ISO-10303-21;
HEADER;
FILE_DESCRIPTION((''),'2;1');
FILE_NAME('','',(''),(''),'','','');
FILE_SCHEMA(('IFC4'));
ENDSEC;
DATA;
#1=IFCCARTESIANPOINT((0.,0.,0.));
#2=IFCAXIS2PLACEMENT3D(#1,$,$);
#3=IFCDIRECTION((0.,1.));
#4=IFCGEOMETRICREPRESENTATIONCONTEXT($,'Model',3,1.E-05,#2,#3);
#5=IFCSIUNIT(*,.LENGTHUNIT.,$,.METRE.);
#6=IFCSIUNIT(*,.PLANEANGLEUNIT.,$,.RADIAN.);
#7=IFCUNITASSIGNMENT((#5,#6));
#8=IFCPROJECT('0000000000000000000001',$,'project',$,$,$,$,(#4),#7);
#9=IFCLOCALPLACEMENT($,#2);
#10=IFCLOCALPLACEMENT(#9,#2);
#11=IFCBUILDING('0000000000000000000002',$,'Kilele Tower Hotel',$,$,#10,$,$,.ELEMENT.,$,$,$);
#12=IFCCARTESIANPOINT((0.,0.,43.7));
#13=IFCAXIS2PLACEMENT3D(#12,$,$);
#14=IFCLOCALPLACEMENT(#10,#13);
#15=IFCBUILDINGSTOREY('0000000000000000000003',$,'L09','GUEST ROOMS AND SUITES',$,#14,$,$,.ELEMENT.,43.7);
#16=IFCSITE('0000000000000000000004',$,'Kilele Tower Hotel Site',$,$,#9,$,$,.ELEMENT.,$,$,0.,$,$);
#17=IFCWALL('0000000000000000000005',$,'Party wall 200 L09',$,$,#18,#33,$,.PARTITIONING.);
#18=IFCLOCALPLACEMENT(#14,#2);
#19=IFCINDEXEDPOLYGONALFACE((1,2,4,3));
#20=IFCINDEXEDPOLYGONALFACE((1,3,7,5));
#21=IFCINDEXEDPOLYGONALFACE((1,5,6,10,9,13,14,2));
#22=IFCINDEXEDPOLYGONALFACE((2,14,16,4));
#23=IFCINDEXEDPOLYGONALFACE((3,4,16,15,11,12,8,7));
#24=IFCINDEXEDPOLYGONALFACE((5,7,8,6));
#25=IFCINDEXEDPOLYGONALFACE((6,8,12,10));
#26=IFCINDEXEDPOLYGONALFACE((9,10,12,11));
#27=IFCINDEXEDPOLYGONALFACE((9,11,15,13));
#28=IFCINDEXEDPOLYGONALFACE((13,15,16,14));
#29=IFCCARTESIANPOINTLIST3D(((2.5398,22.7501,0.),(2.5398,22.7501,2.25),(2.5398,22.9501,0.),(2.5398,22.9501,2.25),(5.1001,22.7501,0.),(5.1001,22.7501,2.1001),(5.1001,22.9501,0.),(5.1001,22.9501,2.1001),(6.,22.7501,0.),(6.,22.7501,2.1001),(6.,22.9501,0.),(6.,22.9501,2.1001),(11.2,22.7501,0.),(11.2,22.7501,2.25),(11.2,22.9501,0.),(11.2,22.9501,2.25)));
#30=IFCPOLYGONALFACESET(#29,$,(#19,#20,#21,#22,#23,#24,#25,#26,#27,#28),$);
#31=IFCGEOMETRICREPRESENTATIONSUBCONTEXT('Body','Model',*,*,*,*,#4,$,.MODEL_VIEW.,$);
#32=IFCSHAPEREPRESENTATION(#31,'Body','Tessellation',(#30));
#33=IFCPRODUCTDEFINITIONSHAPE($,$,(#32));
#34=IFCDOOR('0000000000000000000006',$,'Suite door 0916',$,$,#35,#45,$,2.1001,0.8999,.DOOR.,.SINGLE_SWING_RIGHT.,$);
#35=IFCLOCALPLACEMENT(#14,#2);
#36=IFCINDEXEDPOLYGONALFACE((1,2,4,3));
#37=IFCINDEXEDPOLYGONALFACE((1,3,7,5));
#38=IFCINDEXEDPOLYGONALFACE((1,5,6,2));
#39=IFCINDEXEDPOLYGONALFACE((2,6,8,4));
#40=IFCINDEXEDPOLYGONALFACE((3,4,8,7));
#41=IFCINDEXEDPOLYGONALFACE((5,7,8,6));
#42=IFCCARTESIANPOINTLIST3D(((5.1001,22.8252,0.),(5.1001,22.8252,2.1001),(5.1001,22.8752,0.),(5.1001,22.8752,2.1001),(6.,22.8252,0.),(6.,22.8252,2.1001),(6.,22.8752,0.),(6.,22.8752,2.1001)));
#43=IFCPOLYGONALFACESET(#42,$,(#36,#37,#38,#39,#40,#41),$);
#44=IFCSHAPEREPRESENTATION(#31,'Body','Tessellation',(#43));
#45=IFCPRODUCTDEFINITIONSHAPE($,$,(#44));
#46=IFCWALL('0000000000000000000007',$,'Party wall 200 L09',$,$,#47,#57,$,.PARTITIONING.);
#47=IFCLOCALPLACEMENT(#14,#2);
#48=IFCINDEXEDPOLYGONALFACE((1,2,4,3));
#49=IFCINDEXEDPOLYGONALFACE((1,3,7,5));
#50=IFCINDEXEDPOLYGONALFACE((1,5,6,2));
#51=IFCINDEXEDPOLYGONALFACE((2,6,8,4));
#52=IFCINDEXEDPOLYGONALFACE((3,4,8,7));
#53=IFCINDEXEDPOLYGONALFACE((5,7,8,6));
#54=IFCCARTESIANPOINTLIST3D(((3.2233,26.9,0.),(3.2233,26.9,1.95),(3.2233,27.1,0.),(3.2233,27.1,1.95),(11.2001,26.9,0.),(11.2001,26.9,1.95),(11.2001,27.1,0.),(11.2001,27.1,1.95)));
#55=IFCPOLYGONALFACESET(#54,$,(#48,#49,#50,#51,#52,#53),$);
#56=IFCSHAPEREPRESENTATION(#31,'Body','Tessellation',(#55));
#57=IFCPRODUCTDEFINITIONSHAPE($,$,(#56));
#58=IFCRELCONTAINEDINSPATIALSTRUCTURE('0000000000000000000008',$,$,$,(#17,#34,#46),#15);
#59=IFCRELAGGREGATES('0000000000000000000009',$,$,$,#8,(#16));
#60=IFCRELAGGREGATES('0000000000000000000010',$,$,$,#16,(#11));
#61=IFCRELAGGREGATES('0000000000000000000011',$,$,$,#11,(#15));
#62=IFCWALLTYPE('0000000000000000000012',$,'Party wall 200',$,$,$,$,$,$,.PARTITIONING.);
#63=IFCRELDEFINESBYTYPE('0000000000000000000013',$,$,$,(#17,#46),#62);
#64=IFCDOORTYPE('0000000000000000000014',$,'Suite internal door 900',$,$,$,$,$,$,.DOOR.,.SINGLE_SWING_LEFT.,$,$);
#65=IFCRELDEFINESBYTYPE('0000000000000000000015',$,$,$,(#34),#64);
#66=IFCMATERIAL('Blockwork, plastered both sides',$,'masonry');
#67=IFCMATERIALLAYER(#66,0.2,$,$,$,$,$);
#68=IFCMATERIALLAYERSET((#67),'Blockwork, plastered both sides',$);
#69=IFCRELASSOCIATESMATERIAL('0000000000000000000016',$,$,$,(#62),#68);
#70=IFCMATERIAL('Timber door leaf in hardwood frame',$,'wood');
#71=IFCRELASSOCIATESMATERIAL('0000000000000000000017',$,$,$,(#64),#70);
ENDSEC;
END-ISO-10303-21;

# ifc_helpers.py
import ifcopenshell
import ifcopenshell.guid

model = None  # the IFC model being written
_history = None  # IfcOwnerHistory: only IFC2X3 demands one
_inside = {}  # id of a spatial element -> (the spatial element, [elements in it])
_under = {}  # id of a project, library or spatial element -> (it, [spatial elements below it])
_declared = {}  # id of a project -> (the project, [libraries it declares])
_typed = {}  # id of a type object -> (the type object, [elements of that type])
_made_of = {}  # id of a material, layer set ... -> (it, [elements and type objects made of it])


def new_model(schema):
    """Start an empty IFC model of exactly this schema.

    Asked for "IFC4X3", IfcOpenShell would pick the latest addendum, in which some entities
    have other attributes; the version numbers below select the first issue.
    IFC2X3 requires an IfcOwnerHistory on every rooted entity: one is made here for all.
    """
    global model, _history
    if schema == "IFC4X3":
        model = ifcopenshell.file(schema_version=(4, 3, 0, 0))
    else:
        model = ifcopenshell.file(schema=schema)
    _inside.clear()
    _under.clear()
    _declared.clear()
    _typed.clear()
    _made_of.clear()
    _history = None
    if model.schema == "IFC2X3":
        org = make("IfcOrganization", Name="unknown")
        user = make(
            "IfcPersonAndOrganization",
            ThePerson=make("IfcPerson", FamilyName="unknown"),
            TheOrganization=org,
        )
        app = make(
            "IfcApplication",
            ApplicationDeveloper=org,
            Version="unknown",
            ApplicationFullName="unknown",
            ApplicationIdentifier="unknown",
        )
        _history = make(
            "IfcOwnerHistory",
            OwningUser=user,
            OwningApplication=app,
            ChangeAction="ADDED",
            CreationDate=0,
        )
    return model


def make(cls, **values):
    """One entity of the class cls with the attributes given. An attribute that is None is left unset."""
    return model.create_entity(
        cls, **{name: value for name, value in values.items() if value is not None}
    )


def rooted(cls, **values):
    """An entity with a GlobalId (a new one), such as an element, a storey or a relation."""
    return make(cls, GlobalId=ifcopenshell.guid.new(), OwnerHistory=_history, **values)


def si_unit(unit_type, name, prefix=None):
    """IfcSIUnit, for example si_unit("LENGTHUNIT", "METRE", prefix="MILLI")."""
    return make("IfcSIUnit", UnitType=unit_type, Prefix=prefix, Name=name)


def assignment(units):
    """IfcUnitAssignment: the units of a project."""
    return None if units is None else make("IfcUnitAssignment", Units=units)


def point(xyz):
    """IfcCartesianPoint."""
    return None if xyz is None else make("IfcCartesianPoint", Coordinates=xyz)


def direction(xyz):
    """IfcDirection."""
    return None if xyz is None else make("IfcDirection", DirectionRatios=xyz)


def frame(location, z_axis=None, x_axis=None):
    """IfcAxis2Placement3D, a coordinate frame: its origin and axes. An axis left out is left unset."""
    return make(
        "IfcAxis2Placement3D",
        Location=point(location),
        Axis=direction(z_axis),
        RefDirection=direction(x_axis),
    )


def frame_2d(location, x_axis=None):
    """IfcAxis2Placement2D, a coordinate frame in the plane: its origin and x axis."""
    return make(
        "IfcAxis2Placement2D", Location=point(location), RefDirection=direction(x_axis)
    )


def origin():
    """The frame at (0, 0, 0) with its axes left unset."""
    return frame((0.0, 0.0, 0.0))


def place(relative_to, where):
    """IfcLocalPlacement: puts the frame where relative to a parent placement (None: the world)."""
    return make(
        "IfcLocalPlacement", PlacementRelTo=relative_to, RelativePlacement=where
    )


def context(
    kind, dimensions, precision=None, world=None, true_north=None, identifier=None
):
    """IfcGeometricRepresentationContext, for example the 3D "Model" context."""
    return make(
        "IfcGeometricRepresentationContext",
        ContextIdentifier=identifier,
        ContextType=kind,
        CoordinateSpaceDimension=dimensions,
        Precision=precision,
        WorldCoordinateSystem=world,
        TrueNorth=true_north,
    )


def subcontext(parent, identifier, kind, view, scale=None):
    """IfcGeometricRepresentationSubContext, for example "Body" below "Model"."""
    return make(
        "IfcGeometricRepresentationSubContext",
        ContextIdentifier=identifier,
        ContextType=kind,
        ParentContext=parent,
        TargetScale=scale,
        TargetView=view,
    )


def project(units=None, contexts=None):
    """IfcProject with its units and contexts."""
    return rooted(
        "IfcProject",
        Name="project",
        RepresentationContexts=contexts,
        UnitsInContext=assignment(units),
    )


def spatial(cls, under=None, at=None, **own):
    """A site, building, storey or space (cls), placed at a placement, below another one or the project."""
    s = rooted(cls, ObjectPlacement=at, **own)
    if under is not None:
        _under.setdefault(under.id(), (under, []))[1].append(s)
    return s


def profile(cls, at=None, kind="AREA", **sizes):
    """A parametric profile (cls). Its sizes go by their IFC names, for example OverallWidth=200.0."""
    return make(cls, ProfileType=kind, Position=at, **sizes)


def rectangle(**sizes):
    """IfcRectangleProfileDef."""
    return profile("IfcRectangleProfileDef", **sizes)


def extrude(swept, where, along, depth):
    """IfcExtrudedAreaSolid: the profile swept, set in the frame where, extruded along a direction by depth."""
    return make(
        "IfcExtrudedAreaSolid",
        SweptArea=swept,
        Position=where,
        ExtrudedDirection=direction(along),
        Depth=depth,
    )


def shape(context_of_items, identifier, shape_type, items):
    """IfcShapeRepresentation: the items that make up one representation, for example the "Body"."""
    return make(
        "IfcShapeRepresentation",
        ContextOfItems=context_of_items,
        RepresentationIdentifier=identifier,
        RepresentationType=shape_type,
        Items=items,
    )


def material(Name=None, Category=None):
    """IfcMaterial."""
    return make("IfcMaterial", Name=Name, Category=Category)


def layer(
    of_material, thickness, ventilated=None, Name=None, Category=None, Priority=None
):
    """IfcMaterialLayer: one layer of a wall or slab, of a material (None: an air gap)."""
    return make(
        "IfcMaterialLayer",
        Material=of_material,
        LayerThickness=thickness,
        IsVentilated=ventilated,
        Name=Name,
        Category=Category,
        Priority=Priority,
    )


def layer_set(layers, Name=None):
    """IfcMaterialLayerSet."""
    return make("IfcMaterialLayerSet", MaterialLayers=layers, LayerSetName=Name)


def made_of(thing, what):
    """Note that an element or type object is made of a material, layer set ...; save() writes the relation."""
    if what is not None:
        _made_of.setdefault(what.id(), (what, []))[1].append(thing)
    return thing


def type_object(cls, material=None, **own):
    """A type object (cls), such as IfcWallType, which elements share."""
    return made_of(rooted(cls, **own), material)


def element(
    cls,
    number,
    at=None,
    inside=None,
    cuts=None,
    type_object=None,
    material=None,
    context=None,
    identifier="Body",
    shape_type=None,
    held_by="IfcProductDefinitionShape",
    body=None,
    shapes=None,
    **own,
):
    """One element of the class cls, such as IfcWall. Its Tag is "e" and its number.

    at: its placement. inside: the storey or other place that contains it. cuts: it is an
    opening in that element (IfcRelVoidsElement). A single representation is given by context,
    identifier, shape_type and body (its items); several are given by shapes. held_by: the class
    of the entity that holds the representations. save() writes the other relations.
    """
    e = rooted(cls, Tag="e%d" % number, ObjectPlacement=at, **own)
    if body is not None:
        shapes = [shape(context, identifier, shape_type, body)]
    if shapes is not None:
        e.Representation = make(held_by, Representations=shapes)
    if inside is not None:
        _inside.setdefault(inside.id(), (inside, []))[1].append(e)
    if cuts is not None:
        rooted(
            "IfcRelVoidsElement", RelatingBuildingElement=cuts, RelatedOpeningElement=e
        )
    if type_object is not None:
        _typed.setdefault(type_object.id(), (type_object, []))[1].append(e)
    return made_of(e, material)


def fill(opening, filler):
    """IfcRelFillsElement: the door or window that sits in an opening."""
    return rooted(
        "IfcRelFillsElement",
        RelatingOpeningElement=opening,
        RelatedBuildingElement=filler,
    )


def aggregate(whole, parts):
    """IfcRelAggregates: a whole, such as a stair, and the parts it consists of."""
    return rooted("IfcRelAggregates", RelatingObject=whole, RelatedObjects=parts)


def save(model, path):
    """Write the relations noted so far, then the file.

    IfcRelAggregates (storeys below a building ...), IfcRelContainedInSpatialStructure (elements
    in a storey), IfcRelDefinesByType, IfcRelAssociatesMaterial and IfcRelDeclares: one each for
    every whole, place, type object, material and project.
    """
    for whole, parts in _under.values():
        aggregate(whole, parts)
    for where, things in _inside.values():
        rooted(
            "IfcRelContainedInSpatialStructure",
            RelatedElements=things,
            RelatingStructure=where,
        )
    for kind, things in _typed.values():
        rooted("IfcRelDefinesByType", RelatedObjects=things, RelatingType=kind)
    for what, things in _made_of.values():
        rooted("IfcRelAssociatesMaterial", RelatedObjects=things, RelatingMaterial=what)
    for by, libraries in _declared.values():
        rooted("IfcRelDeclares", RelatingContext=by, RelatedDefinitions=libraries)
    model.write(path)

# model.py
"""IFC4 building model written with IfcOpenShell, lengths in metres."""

from ifc_helpers import new_model, si_unit, direction, frame, frame_2d, origin, place, context, subcontext, project, spatial, rectangle, extrude, material, layer, layer_set, type_object, element, fill, save


model = new_model("IFC4")

# Units and contexts
model_context = context("Model", 3, precision=1e-05, world=origin(), true_north=direction((0.0, 1.0)))
body_context = subcontext(model_context, "Body", "Model", "MODEL_VIEW")
ifc_project = project(units=[si_unit("LENGTHUNIT", "METRE"), si_unit("PLANEANGLEUNIT", "RADIAN")], contexts=[model_context])

# Site, building, storey
site_placement = place(None, origin())
site = spatial("IfcSite", under=ifc_project, at=site_placement, Name="Kilele Tower Hotel Site", CompositionType="ELEMENT", RefElevation=0.0)
building_placement = place(site_placement, origin())
building = spatial("IfcBuilding", under=site, at=building_placement, Name="Kilele Tower Hotel", CompositionType="ELEMENT")
storey_placement = place(building_placement, frame((0.0, 0.0, 43.7)))
storey = spatial("IfcBuildingStorey", under=building, at=storey_placement, Name="L09", Description="GUEST ROOMS AND SUITES", CompositionType="ELEMENT", Elevation=43.7)

# Wall, opening, door
ifc_material_1 = material(Name="Blockwork, plastered both sides", Category="masonry")
ifc_layer_1 = layer(ifc_material_1, 0.2)
ifc_layer_set_1 = layer_set([ifc_layer_1], Name="Blockwork, plastered both sides")
wall_type_1 = type_object("IfcWallType", Name="Party wall 200", PredefinedType="PARTITIONING", material=ifc_layer_set_1)
wall_1_placement = place(storey_placement, frame((11.2, 22.8501, 0.0), z_axis=(0.0, 0.0, 1.0), x_axis=(-1.0, 0.0, 0.0)))
wall_1 = element("IfcWall", 1, at=wall_1_placement, inside=storey, type_object=wall_type_1, Name="Party wall 200 L09", PredefinedType="PARTITIONING", context=body_context, shape_type="SweptSolid", body=[
    extrude(rectangle(XDim=8.6602, YDim=0.2, at=frame_2d((4.3301, 0.0))), origin(), (0.0, 0.0, 1.0), 2.25),
])
opening_1_placement = place(wall_1_placement, frame((5.2, 0.0, 0.0)))
opening_1 = element("IfcOpeningElement", 2, at=opening_1_placement, cuts=wall_1, PredefinedType="OPENING", context=body_context, shape_type="SweptSolid", body=[
    extrude(rectangle(XDim=0.8999, YDim=2.1001, at=frame_2d((0.45, 1.05))), frame((0.0, 0.1099, 0.0), z_axis=(0.0, -1.0, 0.0), x_axis=(1.0, 0.0, 0.0)), (0.0, 0.0, 1.0), 0.22),
])
ifc_material_2 = material(Name="Timber door leaf in hardwood frame", Category="wood")
door_type_1 = type_object("IfcDoorType", Name="Suite internal door 900", OperationType="SINGLE_SWING_LEFT", PredefinedType="DOOR", material=ifc_material_2)
door_1_placement = place(opening_1_placement, origin())
door_1 = element("IfcDoor", 3, at=door_1_placement, inside=storey, type_object=door_type_1, Name="Suite door 0916", OperationType="SINGLE_SWING_RIGHT", OverallHeight=2.1001, OverallWidth=0.8999, PredefinedType="DOOR", context=body_context, shape_type="SweptSolid", body=[
    extrude(rectangle(XDim=0.8999, YDim=2.1001, at=frame_2d((0.45, 1.05))), frame((0.0, 0.0249, 0.0), z_axis=(0.0, -1.0, 0.0), x_axis=(1.0, 0.0, 0.0)), (0.0, 0.0, 1.0), 0.05),
])
fill(opening_1, door_1)

# Wall
wall_2_placement = place(storey_placement, frame((11.2, 27.0, 0.0), z_axis=(0.0, 0.0, 1.0), x_axis=(-1.0, 0.0, 0.0)))
element("IfcWall", 4, at=wall_2_placement, inside=storey, type_object=wall_type_1, Name="Party wall 200 L09", PredefinedType="PARTITIONING", context=body_context, shape_type="SweptSolid", body=[
    extrude(rectangle(XDim=7.9768, YDim=0.2, at=frame_2d((3.9883, 0.0))), origin(), (0.0, 0.0, 1.0), 1.95),
])

save(model, "model.ifc")
